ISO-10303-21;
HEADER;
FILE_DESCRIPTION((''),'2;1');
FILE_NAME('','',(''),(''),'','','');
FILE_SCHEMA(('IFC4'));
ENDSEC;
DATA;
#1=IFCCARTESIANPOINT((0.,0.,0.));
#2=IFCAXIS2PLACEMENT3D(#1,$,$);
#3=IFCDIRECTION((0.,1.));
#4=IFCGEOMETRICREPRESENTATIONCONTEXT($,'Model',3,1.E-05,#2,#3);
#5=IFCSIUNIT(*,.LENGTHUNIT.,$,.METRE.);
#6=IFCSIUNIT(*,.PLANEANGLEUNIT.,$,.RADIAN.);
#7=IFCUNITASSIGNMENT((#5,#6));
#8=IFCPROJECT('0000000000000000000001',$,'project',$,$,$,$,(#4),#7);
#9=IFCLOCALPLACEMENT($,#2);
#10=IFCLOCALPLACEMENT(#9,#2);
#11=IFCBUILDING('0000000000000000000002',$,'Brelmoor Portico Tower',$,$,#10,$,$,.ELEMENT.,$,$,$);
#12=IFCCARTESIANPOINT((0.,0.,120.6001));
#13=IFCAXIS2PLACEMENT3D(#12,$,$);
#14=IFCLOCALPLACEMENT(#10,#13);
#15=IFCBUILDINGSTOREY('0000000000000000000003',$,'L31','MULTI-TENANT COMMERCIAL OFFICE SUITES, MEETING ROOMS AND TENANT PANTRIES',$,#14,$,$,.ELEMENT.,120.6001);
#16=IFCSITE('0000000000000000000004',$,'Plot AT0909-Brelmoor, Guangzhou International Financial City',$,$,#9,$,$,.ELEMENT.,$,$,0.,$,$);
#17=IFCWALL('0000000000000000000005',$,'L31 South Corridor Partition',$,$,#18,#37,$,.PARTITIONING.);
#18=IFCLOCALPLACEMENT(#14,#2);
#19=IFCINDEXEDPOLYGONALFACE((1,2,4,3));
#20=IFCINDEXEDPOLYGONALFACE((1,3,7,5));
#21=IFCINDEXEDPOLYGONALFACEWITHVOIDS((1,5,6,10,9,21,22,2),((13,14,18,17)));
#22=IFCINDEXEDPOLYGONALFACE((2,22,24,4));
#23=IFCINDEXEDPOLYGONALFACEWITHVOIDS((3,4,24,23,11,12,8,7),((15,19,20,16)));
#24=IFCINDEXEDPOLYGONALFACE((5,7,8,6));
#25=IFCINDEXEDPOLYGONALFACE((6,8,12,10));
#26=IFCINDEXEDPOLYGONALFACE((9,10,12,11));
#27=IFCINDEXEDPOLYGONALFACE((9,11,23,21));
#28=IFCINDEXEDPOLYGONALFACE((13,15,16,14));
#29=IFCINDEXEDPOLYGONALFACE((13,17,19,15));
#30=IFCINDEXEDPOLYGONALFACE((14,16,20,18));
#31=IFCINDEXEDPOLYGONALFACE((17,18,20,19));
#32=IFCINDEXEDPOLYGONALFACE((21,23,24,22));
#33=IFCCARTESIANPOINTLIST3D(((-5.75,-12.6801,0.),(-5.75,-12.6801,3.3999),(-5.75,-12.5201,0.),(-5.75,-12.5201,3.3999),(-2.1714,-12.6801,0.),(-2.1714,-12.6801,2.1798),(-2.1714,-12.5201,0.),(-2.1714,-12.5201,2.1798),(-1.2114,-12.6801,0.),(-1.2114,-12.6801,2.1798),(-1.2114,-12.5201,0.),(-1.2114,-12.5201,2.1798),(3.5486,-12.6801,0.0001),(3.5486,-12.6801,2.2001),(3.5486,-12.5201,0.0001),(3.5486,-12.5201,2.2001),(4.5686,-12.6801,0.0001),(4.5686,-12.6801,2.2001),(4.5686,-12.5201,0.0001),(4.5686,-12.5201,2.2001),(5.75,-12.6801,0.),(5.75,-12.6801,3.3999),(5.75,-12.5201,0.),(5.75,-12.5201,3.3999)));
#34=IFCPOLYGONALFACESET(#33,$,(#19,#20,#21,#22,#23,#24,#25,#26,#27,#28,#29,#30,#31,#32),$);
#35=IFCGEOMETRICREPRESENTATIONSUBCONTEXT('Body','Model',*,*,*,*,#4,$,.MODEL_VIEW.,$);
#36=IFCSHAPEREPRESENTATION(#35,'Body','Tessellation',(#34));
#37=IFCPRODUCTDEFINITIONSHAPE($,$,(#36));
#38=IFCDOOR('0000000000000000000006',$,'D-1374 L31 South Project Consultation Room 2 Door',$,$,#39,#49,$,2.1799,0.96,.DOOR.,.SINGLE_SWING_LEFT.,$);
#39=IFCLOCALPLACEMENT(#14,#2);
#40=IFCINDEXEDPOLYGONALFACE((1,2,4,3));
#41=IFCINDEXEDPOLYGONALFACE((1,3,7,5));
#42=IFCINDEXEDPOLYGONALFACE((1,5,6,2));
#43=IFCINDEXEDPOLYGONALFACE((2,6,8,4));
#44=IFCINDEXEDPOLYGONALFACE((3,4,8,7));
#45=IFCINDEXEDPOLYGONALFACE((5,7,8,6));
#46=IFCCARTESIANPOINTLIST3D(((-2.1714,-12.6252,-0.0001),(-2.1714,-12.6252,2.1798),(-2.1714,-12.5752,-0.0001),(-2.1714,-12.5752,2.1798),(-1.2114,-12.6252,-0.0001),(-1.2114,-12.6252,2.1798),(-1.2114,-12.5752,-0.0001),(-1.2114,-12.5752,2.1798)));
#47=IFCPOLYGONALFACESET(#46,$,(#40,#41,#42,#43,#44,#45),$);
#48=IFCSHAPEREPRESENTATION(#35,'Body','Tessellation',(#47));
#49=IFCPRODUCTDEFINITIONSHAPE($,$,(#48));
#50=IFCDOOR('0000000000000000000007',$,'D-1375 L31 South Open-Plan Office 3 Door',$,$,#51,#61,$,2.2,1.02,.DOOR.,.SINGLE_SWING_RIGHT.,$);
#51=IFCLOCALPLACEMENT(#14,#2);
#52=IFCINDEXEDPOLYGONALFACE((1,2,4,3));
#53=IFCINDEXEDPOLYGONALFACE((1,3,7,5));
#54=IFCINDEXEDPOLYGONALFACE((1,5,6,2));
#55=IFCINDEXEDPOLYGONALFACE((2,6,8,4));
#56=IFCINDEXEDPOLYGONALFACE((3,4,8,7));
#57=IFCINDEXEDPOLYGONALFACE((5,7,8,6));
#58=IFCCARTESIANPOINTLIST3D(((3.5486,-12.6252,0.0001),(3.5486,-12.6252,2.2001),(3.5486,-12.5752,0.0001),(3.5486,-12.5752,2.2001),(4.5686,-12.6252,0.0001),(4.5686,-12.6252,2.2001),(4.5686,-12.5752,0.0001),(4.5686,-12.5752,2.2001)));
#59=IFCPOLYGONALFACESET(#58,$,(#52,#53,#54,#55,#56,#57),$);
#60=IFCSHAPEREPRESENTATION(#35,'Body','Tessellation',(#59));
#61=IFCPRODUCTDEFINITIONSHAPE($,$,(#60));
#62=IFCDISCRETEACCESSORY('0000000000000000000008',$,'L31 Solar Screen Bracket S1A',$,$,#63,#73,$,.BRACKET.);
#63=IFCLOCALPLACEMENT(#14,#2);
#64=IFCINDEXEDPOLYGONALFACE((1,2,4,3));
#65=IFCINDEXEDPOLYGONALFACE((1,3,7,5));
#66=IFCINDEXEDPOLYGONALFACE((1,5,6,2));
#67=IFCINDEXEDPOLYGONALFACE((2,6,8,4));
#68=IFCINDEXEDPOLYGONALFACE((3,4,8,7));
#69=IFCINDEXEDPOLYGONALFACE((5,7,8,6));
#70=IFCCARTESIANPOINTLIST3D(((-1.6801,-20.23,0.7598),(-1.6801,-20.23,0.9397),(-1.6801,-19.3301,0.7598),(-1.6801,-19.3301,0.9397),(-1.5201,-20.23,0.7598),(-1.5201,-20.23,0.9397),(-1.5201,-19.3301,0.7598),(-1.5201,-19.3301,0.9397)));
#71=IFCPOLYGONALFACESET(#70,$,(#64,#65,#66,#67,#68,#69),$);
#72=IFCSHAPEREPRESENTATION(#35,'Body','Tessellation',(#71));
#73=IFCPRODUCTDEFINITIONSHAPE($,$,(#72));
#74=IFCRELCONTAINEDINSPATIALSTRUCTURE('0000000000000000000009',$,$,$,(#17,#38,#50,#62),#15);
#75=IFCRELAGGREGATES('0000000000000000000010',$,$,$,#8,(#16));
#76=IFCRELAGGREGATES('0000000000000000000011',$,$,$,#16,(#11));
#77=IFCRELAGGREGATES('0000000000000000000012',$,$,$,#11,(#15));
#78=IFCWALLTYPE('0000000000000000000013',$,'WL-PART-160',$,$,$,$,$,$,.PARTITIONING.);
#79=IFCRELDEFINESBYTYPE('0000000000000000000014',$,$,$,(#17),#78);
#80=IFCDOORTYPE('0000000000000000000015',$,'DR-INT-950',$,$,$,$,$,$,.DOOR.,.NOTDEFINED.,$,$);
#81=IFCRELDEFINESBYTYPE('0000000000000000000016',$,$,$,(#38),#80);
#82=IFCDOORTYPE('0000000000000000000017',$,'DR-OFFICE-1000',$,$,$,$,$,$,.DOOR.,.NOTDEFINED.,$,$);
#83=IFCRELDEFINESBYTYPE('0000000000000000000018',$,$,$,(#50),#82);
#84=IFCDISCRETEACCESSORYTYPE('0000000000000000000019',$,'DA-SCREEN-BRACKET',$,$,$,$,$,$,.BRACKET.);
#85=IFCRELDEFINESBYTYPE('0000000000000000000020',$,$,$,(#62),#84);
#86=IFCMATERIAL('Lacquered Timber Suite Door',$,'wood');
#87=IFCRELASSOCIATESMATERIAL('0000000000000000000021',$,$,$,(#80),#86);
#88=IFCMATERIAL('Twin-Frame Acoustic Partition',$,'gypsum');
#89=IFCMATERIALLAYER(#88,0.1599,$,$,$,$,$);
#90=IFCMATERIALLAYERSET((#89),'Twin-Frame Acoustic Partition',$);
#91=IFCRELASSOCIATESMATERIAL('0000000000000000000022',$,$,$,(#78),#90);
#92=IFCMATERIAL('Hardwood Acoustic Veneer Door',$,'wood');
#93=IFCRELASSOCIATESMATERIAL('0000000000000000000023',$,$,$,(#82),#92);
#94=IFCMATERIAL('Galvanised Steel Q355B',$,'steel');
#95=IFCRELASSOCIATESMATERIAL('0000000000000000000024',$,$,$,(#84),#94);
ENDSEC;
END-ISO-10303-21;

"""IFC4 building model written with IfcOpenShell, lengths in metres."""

from ifc_helpers import new_model, si_unit, direction, frame, frame_2d, origin, origin_2d, place, context, subcontext, project, spatial, rectangle, extrude, material, layer, layer_set, type_object, element, fill, save


model = new_model("IFC4")

# Units and contexts
model_context = context("Model", 3, precision=1e-05, world=origin(), true_north=direction((0.0, 1.0)))
body_context = subcontext(model_context, "Body", "Model", "MODEL_VIEW")
ifc_project = project(units=[si_unit("LENGTHUNIT", "METRE"), si_unit("PLANEANGLEUNIT", "RADIAN")], contexts=[model_context])

# Site, building, storey
site_placement = place(None, origin())
site = spatial("IfcSite", under=ifc_project, at=site_placement, Name="Plot AT0909-Brelmoor, Guangzhou International Financial City", CompositionType="ELEMENT", RefElevation=0.0)
building_placement = place(site_placement, origin())
building = spatial("IfcBuilding", under=site, at=building_placement, Name="Brelmoor Portico Tower", CompositionType="ELEMENT")
storey_placement = place(building_placement, frame((0.0, 0.0, 120.6001)))
storey = spatial("IfcBuildingStorey", under=building, at=storey_placement, Name="L31", Description="MULTI-TENANT COMMERCIAL OFFICE SUITES, MEETING ROOMS AND TENANT PANTRIES", CompositionType="ELEMENT", Elevation=120.6001)

# Shared definitions
ifc_material_1 = material(Name="Lacquered Timber Suite Door", Category="wood")
door_type_1 = type_object("IfcDoorType", Name="DR-INT-950", OperationType="NOTDEFINED", PredefinedType="DOOR", material=ifc_material_1)

# Wall, openings, doors
ifc_material_2 = material(Name="Twin-Frame Acoustic Partition", Category="gypsum")
ifc_layer_1 = layer(ifc_material_2, 0.1599)
ifc_layer_set_1 = layer_set([ifc_layer_1], Name="Twin-Frame Acoustic Partition")
wall_type_1 = type_object("IfcWallType", Name="WL-PART-160", PredefinedType="PARTITIONING", material=ifc_layer_set_1)
wall_1_placement = place(storey_placement, frame((-5.75, -12.6001, 0.0), z_axis=(0.0, 0.0, 1.0), x_axis=(1.0, 0.0, 0.0)))
wall_1 = element("IfcWall", 1, at=wall_1_placement, inside=storey, type_object=wall_type_1, Name="L31 South Corridor Partition", PredefinedType="PARTITIONING", context=body_context, shape_type="SweptSolid", body=[
    extrude(rectangle(XDim=11.5, YDim=0.1599, at=frame_2d((5.75, 0.0))), origin(), (0.0, 0.0, 1.0), 3.3999),
])
opening_1_placement = place(wall_1_placement, frame((3.5786, 0.0, 0.0)))
opening_1 = element("IfcOpeningElement", 2, at=opening_1_placement, cuts=wall_1, PredefinedType="OPENING", context=body_context, shape_type="SweptSolid", body=[
    extrude(rectangle(XDim=0.96, YDim=2.1799, at=frame_2d((0.48, 1.0898))), frame((0.0, 0.0898, 0.0), z_axis=(0.0, -1.0, 0.0), x_axis=(1.0, 0.0, 0.0)), (0.0, 0.0, 1.0), 0.1799),
])
opening_2_placement = place(wall_1_placement, frame((9.2986, 0.0, 0.0)))
opening_2 = element("IfcOpeningElement", 3, at=opening_2_placement, cuts=wall_1, PredefinedType="OPENING", context=body_context, shape_type="SweptSolid", body=[
    extrude(rectangle(XDim=1.02, YDim=2.2, at=frame_2d((0.51, 1.1001))), frame((0.0, 0.0898, 0.0), z_axis=(0.0, -1.0, 0.0), x_axis=(1.0, 0.0, 0.0)), (0.0, 0.0, 1.0), 0.1799),
])
door_1_placement = place(opening_1_placement, origin())
door_1 = element("IfcDoor", 4, at=door_1_placement, inside=storey, type_object=door_type_1, Name="D-1374 L31 South Project Consultation Room 2 Door", OperationType="SINGLE_SWING_LEFT", OverallHeight=2.1799, OverallWidth=0.96, PredefinedType="DOOR", context=body_context, shape_type="SweptSolid", body=[
    extrude(rectangle(XDim=0.96, YDim=2.1799, at=frame_2d((0.48, 1.0898))), frame((0.0, 0.0249, 0.0), z_axis=(0.0, -1.0, 0.0), x_axis=(1.0, 0.0, 0.0)), (0.0, 0.0, 1.0), 0.05),
])
fill(opening_1, door_1)
ifc_material_3 = material(Name="Hardwood Acoustic Veneer Door", Category="wood")
door_type_2 = type_object("IfcDoorType", Name="DR-OFFICE-1000", OperationType="NOTDEFINED", PredefinedType="DOOR", material=ifc_material_3)
door_2_placement = place(opening_2_placement, origin())
door_2 = element("IfcDoor", 5, at=door_2_placement, inside=storey, type_object=door_type_2, Name="D-1375 L31 South Open-Plan Office 3 Door", OperationType="SINGLE_SWING_RIGHT", OverallHeight=2.2, OverallWidth=1.02, PredefinedType="DOOR", context=body_context, shape_type="SweptSolid", body=[
    extrude(rectangle(XDim=1.02, YDim=2.2, at=frame_2d((0.51, 1.1001))), frame((0.0, 0.0249, 0.0), z_axis=(0.0, -1.0, 0.0), x_axis=(1.0, 0.0, 0.0)), (0.0, 0.0, 1.0), 0.05),
])
fill(opening_2, door_2)

# Discrete accessory
ifc_material_4 = material(Name="Galvanised Steel Q355B", Category="steel")
discrete_accessory_type = type_object("IfcDiscreteAccessoryType", Name="DA-SCREEN-BRACKET", PredefinedType="BRACKET", material=ifc_material_4)
discrete_accessory_placement = place(storey_placement, frame((-1.6001, -19.78, 0.7598), z_axis=(0.0, 0.0, 1.0), x_axis=(1.0, 0.0, 0.0)))
element("IfcDiscreteAccessory", 6, at=discrete_accessory_placement, inside=storey, type_object=discrete_accessory_type, Name="L31 Solar Screen Bracket S1A", PredefinedType="BRACKET", context=body_context, shape_type="SweptSolid", body=[
    extrude(rectangle(XDim=0.1599, YDim=0.8999, at=origin_2d()), origin(), (0.0, 0.0, 1.0), 0.1799),
])

save(model, "model.ifc")
